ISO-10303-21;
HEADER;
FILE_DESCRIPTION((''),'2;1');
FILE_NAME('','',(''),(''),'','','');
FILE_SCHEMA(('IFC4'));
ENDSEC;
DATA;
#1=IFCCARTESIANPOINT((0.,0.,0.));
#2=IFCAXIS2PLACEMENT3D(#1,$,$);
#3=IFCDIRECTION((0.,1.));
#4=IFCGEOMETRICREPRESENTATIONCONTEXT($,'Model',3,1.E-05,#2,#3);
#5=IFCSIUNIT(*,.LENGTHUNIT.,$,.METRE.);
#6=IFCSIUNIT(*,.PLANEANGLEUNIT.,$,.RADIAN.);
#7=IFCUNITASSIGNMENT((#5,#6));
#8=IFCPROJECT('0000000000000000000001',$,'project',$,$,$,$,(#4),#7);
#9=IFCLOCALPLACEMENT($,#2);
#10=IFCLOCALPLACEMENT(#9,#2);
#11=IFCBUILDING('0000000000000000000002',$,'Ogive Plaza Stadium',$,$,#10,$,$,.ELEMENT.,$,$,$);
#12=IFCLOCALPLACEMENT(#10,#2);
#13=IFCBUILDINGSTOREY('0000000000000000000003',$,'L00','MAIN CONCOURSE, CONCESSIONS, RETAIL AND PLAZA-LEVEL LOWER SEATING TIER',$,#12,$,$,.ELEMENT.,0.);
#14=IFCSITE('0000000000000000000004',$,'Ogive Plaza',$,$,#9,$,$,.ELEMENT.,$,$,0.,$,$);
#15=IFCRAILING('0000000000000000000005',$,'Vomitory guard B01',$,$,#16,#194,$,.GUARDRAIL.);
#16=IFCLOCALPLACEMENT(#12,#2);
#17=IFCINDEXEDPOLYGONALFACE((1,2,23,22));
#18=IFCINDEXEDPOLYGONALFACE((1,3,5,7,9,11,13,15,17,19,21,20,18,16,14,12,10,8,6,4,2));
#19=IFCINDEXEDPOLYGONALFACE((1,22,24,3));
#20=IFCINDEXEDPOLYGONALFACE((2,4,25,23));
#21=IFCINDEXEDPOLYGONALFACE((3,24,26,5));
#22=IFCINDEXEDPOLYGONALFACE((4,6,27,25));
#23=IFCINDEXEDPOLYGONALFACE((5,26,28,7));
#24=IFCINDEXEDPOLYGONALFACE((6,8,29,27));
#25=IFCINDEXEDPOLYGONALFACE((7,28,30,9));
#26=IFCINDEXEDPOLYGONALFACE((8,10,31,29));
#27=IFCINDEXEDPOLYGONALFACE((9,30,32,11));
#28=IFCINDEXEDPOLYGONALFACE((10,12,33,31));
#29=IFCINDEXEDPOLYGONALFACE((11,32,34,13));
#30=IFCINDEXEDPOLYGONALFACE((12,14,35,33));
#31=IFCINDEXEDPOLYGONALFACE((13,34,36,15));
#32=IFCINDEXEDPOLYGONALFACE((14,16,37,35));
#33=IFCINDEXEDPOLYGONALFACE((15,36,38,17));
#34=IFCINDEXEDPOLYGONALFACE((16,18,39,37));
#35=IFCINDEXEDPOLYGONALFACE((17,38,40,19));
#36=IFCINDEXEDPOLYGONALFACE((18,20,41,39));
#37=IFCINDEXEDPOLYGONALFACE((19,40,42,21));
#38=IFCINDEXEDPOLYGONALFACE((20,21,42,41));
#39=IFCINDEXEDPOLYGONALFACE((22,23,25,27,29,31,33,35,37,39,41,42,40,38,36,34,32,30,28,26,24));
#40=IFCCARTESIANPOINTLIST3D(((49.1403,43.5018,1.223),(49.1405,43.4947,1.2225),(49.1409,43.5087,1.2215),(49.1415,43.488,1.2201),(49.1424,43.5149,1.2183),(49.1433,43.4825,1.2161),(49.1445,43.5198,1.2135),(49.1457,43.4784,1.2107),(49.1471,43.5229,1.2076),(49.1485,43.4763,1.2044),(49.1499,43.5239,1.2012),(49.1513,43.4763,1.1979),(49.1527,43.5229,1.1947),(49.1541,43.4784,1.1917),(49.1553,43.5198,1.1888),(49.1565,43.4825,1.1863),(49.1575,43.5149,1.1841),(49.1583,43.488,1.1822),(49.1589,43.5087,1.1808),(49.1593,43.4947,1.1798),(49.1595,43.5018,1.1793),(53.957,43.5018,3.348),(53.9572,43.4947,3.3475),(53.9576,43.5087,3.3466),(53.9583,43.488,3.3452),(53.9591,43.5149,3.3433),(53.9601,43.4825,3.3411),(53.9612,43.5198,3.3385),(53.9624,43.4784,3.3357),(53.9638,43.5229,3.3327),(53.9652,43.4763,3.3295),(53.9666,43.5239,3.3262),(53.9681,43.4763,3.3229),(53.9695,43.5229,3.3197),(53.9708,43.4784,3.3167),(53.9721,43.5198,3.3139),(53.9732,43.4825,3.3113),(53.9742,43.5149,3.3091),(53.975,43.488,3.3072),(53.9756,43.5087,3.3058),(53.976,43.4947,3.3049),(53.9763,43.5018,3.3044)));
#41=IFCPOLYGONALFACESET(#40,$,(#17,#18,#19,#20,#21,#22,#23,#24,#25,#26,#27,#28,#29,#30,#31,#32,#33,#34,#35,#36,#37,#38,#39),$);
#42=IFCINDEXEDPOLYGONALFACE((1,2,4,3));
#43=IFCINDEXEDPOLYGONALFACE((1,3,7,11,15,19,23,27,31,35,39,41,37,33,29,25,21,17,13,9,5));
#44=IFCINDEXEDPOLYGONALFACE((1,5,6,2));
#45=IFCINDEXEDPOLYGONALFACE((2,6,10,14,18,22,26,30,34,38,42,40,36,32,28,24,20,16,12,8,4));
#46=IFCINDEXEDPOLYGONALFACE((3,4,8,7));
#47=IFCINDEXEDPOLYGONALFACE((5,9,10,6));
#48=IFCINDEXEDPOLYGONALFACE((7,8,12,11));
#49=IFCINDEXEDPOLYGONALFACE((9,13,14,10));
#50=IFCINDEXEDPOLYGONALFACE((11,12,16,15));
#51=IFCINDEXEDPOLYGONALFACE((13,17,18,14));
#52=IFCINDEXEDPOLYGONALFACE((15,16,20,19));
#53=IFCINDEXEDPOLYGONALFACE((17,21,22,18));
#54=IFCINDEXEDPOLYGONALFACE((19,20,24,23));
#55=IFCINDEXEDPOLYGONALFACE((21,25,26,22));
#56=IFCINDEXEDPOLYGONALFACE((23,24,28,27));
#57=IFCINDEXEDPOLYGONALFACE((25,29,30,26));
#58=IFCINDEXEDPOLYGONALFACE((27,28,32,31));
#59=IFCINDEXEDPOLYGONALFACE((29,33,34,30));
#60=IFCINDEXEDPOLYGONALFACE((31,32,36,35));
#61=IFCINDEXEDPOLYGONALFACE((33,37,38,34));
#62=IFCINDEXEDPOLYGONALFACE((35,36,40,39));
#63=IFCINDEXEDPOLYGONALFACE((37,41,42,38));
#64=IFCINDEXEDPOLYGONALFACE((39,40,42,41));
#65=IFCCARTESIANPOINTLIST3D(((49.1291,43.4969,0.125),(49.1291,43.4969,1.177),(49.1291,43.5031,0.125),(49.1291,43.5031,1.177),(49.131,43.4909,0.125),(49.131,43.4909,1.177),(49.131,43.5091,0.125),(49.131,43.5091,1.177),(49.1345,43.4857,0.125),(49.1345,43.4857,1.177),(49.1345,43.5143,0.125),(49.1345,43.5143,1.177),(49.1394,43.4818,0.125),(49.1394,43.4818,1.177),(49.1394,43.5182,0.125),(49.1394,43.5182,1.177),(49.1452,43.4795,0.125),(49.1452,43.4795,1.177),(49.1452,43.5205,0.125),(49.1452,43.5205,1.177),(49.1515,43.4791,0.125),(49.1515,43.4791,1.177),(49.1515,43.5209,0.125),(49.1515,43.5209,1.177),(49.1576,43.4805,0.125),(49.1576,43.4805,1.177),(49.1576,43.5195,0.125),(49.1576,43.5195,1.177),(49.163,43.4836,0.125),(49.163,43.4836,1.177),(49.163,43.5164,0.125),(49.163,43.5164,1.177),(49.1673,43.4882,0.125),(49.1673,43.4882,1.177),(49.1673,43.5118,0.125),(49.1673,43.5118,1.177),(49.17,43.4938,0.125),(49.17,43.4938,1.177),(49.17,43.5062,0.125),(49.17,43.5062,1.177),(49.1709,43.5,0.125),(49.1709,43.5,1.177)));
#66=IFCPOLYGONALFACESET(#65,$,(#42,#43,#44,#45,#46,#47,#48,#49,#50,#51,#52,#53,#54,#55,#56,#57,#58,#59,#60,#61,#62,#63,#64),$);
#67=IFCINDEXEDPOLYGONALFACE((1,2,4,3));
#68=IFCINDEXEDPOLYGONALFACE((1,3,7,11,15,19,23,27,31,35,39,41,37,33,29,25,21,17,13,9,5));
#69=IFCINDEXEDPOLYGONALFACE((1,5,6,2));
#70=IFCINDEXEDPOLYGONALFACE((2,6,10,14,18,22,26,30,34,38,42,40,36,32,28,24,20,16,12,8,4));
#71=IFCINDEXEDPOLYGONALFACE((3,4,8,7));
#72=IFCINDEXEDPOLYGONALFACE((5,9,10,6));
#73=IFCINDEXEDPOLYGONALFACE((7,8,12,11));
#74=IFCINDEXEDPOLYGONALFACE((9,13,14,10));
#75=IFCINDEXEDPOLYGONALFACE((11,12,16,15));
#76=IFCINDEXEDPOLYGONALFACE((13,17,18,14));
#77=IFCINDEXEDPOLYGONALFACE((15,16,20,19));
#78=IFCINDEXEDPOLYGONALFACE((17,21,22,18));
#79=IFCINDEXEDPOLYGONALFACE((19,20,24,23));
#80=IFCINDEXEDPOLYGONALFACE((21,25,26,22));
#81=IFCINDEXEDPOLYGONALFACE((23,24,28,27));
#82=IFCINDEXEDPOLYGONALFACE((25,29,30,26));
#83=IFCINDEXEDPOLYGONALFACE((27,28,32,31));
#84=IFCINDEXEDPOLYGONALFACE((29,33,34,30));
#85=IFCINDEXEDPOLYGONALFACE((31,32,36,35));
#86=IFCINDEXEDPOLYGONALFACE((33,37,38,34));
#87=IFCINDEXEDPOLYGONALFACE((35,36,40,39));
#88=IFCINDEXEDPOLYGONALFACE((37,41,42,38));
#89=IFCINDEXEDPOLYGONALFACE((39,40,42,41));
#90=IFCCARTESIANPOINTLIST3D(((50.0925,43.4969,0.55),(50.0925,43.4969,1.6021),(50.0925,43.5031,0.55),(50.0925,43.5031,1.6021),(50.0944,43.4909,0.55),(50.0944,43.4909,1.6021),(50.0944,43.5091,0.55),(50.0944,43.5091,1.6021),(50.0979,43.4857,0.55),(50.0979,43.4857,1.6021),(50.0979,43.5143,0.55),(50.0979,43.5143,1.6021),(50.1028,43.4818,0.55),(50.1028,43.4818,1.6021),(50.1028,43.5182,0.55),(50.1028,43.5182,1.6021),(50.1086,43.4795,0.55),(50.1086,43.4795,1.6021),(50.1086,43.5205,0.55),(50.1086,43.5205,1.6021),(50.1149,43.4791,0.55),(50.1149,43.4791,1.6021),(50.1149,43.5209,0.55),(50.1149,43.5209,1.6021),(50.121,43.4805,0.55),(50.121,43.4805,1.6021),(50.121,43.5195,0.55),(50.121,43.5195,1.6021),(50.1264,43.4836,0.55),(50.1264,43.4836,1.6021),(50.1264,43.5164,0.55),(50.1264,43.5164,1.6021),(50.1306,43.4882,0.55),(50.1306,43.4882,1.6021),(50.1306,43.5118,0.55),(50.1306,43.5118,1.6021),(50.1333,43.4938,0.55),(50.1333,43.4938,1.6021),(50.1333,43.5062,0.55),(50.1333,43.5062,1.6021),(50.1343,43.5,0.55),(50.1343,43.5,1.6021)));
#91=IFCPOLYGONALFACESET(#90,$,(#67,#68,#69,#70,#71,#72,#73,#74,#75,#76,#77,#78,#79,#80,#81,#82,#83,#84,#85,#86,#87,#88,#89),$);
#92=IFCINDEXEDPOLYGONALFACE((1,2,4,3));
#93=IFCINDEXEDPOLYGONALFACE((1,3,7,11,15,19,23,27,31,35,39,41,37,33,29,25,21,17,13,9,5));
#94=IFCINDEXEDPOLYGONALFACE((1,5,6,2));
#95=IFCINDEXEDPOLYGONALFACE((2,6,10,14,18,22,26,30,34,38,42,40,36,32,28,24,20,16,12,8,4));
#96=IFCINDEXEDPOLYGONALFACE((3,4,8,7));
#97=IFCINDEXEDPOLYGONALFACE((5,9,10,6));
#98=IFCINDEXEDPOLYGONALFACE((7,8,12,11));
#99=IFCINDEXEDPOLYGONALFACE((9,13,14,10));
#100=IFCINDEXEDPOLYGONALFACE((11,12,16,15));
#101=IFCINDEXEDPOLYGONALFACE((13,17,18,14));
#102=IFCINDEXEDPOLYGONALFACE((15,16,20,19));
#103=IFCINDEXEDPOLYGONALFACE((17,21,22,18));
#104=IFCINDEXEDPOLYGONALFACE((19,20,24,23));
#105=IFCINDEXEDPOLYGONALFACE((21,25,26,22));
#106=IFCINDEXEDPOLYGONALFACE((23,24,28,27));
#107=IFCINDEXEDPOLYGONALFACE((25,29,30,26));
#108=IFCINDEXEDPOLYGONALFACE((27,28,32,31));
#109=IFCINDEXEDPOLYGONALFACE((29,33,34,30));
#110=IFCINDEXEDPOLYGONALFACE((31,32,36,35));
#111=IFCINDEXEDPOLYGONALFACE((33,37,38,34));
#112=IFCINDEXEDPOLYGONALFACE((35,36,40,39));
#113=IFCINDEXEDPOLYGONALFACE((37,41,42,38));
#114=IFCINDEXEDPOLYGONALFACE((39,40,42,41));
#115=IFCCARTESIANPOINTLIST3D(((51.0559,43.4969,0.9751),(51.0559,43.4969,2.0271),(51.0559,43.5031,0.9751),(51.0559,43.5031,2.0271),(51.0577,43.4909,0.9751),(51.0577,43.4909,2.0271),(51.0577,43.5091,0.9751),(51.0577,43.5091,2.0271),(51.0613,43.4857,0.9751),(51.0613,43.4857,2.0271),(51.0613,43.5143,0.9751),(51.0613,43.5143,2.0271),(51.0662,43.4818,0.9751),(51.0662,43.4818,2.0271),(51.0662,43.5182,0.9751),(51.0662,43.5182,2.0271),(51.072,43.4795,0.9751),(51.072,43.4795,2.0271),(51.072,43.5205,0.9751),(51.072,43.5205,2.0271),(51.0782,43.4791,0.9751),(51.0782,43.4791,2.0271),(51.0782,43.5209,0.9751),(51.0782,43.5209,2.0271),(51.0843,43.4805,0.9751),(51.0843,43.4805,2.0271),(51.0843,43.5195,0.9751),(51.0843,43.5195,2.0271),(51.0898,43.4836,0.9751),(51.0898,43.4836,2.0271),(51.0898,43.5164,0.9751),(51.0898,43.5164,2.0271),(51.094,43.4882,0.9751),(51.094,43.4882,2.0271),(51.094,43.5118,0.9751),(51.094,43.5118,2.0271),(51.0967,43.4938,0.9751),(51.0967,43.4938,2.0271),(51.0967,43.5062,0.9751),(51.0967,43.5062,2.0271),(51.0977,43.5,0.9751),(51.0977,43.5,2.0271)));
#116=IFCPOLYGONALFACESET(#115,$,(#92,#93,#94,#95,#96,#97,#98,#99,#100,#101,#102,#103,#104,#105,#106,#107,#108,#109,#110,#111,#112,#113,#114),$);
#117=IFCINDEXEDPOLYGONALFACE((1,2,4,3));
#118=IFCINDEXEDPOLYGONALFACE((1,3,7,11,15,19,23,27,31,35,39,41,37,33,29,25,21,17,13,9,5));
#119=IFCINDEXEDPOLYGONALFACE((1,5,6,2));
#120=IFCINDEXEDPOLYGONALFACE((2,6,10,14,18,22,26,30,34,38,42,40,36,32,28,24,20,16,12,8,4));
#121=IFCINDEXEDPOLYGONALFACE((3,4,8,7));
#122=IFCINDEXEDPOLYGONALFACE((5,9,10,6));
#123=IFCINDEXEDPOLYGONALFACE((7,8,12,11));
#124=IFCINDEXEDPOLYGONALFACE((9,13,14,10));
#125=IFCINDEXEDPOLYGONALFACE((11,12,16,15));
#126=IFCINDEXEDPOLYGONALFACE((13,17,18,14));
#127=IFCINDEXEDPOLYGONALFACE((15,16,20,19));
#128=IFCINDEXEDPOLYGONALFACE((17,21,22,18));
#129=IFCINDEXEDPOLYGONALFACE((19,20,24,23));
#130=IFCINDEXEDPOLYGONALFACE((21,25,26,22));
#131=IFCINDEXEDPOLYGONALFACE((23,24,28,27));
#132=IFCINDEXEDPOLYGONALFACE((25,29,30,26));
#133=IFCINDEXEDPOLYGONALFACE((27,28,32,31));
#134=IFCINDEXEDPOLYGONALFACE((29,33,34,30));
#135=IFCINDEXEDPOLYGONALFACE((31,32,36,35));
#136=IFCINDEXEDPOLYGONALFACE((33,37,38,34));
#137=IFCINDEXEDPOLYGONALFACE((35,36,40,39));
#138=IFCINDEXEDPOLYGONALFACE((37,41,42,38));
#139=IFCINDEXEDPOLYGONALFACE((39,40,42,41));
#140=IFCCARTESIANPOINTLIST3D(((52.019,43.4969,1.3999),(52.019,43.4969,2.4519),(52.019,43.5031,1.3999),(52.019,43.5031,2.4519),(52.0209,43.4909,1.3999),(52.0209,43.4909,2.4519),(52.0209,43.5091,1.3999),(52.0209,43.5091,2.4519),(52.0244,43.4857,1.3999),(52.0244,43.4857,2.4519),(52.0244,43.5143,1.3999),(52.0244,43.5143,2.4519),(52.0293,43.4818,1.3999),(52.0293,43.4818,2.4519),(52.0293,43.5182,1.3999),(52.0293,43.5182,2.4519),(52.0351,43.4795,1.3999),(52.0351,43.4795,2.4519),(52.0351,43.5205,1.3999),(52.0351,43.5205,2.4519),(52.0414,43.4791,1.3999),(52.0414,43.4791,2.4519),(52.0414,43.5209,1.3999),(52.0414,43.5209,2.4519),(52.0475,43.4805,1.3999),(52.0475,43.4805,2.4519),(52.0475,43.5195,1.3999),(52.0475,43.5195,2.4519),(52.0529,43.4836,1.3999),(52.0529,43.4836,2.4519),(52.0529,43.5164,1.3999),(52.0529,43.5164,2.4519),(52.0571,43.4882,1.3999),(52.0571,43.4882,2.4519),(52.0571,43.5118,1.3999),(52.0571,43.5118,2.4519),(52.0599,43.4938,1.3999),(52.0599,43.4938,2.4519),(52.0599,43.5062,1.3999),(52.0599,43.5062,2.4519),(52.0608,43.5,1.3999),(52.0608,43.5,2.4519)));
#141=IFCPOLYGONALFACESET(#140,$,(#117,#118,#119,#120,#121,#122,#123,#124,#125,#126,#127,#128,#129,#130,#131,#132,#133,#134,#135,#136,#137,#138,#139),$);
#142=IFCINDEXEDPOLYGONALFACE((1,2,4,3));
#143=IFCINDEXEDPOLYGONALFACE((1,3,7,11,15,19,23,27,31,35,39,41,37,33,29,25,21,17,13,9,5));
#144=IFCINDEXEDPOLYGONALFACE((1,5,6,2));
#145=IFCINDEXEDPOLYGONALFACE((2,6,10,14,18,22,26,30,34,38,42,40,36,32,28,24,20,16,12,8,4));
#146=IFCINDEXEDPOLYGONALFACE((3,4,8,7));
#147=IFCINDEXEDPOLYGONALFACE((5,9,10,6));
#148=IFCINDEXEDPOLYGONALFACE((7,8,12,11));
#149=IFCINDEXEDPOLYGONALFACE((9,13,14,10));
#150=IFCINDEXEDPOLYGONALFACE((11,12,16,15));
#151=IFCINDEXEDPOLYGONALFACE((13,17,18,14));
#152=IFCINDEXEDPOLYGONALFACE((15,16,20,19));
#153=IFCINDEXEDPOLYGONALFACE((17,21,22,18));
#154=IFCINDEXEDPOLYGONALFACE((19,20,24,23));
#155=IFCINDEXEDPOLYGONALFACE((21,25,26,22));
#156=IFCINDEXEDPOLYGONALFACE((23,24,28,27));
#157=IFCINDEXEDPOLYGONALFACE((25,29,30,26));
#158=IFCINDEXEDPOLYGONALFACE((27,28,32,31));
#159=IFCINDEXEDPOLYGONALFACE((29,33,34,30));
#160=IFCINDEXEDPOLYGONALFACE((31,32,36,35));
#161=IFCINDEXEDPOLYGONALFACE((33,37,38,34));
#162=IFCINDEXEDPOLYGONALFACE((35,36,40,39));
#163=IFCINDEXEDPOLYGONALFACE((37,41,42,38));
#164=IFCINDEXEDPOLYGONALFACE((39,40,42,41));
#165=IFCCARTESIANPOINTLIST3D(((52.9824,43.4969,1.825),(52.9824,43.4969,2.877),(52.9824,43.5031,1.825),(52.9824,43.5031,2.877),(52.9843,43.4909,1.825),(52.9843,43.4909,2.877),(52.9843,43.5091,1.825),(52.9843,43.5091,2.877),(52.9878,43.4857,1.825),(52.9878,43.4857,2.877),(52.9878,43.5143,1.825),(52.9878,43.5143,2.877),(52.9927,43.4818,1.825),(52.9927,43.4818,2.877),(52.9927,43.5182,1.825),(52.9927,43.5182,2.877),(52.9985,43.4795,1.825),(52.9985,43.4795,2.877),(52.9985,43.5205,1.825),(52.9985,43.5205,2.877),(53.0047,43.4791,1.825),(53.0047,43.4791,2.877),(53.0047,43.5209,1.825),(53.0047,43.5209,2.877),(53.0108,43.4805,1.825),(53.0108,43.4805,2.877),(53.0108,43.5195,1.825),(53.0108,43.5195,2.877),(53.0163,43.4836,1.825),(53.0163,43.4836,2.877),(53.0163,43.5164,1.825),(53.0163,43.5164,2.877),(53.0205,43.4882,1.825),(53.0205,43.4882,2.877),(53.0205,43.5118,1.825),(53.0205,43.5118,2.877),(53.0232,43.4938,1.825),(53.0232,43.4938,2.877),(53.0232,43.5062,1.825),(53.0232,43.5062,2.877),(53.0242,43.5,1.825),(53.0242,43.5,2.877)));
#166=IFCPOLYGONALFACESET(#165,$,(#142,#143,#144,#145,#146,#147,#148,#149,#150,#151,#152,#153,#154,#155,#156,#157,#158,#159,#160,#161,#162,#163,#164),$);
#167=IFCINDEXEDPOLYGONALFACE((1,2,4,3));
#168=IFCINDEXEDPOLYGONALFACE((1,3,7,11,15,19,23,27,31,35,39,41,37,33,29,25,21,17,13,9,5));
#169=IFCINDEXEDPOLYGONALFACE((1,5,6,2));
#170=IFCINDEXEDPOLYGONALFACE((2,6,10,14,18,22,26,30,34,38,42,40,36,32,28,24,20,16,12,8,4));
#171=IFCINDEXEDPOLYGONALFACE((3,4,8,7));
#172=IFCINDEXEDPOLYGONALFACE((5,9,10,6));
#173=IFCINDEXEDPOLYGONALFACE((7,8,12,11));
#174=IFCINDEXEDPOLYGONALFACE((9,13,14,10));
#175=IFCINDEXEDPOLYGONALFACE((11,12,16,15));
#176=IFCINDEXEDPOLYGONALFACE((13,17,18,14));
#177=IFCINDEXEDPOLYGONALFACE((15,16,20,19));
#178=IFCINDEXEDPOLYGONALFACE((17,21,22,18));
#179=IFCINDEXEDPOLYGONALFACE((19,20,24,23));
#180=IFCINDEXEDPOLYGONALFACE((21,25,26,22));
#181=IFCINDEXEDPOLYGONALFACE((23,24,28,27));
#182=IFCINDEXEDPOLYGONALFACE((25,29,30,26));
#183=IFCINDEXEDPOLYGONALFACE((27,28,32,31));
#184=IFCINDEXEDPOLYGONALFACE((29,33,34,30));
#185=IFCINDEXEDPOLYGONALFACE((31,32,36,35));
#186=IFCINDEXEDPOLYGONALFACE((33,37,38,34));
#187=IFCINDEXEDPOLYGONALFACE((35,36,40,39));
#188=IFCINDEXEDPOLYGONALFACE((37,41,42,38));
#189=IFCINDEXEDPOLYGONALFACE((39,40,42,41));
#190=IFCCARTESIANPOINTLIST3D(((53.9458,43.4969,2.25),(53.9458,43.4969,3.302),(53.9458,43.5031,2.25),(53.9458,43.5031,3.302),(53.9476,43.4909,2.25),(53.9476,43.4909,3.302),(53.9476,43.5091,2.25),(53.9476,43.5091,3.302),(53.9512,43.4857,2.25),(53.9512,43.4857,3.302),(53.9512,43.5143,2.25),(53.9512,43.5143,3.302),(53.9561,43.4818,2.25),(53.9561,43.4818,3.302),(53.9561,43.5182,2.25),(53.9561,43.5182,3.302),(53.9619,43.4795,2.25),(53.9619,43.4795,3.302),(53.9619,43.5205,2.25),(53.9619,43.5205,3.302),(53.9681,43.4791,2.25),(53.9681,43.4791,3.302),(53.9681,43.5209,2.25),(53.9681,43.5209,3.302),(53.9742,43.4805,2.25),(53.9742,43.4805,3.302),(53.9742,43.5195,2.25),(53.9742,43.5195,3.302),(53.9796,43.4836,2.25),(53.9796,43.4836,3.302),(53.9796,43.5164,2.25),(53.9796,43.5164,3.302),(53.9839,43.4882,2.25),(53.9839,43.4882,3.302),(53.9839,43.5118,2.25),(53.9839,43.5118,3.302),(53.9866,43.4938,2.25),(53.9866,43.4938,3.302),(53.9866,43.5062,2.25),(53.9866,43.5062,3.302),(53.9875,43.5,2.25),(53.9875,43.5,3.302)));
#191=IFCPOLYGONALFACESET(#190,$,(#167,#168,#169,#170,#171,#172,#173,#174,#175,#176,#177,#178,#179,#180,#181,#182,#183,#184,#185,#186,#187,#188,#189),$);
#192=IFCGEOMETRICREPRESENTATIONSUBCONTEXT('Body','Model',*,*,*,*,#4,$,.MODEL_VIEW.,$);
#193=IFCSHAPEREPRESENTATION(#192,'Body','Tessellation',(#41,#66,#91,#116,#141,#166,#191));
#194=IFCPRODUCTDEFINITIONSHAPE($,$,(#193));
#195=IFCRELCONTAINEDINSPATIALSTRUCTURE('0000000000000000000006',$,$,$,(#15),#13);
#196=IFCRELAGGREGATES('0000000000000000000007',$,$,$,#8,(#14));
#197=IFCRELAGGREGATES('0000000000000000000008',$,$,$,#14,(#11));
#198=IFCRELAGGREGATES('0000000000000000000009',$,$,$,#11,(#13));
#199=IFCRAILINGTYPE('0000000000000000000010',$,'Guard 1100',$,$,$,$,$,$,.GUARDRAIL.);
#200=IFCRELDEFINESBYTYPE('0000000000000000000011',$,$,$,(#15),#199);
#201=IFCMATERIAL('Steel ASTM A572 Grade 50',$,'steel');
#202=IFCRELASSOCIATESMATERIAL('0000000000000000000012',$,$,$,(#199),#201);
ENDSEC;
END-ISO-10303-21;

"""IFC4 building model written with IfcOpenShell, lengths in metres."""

from ifc_helpers import new_model, si_unit, direction, frame, origin, origin_2d, place, context, subcontext, project, spatial, circle, extrude, material, type_object, element, save


model = new_model("IFC4")

# Units and contexts
model_context = context("Model", 3, precision=1e-05, world=origin(), true_north=direction((0.0, 1.0)))
body_context = subcontext(model_context, "Body", "Model", "MODEL_VIEW")
ifc_project = project(units=[si_unit("LENGTHUNIT", "METRE"), si_unit("PLANEANGLEUNIT", "RADIAN")], contexts=[model_context])

# Site, building, storey
site_placement = place(None, origin())
site = spatial("IfcSite", under=ifc_project, at=site_placement, Name="Ogive Plaza", CompositionType="ELEMENT", RefElevation=0.0)
building_placement = place(site_placement, origin())
building = spatial("IfcBuilding", under=site, at=building_placement, Name="Ogive Plaza Stadium", CompositionType="ELEMENT")
storey_placement = place(building_placement, origin())
storey = spatial("IfcBuildingStorey", under=building, at=storey_placement, Name="L00", Description="MAIN CONCOURSE, CONCESSIONS, RETAIL AND PLAZA-LEVEL LOWER SEATING TIER", CompositionType="ELEMENT", Elevation=0.0)

# Railing
ifc_material_1 = material(Name="Steel ASTM A572 Grade 50", Category="steel")
railing_type = type_object("IfcRailingType", Name="Guard 1100", PredefinedType="GUARDRAIL", material=ifc_material_1)
for number, where, name in (
    (1, (49.1499, 43.5, 0.125), "Vomitory guard B01"),
):
    element("IfcRailing", number, at=place(storey_placement, frame(where)), inside=storey, type_object=railing_type, Name=name, PredefinedType="GUARDRAIL", context=body_context, shape_type="SweptSolid", body=[
        extrude(circle(Radius=0.0239, at=origin_2d()), frame((0.0, 0.0, 1.0762), z_axis=(0.914917, 0.0, 0.403641), x_axis=(0.0, 1.0, 0.0)), (0.0, 0.0, 1.0), 5.2646),
        extrude(circle(Radius=0.021, at=origin_2d()), origin(), (0.0, 0.0, 1.0), 1.052),
        extrude(circle(Radius=0.021, at=origin_2d()), frame((0.9634, 0.0, 0.425)), (0.0, 0.0, 1.0), 1.052),
        extrude(circle(Radius=0.021, at=origin_2d()), frame((1.9268, 0.0, 0.8501)), (0.0, 0.0, 1.0), 1.052),
        extrude(circle(Radius=0.021, at=origin_2d()), frame((2.8899, 0.0, 1.2749)), (0.0, 0.0, 1.0), 1.052),
        extrude(circle(Radius=0.021, at=origin_2d()), frame((3.8533, 0.0, 1.7)), (0.0, 0.0, 1.0), 1.052),
        extrude(circle(Radius=0.021, at=origin_2d()), frame((4.8167, 0.0, 2.125)), (0.0, 0.0, 1.0), 1.052),
    ])

save(model, "model.ifc")
